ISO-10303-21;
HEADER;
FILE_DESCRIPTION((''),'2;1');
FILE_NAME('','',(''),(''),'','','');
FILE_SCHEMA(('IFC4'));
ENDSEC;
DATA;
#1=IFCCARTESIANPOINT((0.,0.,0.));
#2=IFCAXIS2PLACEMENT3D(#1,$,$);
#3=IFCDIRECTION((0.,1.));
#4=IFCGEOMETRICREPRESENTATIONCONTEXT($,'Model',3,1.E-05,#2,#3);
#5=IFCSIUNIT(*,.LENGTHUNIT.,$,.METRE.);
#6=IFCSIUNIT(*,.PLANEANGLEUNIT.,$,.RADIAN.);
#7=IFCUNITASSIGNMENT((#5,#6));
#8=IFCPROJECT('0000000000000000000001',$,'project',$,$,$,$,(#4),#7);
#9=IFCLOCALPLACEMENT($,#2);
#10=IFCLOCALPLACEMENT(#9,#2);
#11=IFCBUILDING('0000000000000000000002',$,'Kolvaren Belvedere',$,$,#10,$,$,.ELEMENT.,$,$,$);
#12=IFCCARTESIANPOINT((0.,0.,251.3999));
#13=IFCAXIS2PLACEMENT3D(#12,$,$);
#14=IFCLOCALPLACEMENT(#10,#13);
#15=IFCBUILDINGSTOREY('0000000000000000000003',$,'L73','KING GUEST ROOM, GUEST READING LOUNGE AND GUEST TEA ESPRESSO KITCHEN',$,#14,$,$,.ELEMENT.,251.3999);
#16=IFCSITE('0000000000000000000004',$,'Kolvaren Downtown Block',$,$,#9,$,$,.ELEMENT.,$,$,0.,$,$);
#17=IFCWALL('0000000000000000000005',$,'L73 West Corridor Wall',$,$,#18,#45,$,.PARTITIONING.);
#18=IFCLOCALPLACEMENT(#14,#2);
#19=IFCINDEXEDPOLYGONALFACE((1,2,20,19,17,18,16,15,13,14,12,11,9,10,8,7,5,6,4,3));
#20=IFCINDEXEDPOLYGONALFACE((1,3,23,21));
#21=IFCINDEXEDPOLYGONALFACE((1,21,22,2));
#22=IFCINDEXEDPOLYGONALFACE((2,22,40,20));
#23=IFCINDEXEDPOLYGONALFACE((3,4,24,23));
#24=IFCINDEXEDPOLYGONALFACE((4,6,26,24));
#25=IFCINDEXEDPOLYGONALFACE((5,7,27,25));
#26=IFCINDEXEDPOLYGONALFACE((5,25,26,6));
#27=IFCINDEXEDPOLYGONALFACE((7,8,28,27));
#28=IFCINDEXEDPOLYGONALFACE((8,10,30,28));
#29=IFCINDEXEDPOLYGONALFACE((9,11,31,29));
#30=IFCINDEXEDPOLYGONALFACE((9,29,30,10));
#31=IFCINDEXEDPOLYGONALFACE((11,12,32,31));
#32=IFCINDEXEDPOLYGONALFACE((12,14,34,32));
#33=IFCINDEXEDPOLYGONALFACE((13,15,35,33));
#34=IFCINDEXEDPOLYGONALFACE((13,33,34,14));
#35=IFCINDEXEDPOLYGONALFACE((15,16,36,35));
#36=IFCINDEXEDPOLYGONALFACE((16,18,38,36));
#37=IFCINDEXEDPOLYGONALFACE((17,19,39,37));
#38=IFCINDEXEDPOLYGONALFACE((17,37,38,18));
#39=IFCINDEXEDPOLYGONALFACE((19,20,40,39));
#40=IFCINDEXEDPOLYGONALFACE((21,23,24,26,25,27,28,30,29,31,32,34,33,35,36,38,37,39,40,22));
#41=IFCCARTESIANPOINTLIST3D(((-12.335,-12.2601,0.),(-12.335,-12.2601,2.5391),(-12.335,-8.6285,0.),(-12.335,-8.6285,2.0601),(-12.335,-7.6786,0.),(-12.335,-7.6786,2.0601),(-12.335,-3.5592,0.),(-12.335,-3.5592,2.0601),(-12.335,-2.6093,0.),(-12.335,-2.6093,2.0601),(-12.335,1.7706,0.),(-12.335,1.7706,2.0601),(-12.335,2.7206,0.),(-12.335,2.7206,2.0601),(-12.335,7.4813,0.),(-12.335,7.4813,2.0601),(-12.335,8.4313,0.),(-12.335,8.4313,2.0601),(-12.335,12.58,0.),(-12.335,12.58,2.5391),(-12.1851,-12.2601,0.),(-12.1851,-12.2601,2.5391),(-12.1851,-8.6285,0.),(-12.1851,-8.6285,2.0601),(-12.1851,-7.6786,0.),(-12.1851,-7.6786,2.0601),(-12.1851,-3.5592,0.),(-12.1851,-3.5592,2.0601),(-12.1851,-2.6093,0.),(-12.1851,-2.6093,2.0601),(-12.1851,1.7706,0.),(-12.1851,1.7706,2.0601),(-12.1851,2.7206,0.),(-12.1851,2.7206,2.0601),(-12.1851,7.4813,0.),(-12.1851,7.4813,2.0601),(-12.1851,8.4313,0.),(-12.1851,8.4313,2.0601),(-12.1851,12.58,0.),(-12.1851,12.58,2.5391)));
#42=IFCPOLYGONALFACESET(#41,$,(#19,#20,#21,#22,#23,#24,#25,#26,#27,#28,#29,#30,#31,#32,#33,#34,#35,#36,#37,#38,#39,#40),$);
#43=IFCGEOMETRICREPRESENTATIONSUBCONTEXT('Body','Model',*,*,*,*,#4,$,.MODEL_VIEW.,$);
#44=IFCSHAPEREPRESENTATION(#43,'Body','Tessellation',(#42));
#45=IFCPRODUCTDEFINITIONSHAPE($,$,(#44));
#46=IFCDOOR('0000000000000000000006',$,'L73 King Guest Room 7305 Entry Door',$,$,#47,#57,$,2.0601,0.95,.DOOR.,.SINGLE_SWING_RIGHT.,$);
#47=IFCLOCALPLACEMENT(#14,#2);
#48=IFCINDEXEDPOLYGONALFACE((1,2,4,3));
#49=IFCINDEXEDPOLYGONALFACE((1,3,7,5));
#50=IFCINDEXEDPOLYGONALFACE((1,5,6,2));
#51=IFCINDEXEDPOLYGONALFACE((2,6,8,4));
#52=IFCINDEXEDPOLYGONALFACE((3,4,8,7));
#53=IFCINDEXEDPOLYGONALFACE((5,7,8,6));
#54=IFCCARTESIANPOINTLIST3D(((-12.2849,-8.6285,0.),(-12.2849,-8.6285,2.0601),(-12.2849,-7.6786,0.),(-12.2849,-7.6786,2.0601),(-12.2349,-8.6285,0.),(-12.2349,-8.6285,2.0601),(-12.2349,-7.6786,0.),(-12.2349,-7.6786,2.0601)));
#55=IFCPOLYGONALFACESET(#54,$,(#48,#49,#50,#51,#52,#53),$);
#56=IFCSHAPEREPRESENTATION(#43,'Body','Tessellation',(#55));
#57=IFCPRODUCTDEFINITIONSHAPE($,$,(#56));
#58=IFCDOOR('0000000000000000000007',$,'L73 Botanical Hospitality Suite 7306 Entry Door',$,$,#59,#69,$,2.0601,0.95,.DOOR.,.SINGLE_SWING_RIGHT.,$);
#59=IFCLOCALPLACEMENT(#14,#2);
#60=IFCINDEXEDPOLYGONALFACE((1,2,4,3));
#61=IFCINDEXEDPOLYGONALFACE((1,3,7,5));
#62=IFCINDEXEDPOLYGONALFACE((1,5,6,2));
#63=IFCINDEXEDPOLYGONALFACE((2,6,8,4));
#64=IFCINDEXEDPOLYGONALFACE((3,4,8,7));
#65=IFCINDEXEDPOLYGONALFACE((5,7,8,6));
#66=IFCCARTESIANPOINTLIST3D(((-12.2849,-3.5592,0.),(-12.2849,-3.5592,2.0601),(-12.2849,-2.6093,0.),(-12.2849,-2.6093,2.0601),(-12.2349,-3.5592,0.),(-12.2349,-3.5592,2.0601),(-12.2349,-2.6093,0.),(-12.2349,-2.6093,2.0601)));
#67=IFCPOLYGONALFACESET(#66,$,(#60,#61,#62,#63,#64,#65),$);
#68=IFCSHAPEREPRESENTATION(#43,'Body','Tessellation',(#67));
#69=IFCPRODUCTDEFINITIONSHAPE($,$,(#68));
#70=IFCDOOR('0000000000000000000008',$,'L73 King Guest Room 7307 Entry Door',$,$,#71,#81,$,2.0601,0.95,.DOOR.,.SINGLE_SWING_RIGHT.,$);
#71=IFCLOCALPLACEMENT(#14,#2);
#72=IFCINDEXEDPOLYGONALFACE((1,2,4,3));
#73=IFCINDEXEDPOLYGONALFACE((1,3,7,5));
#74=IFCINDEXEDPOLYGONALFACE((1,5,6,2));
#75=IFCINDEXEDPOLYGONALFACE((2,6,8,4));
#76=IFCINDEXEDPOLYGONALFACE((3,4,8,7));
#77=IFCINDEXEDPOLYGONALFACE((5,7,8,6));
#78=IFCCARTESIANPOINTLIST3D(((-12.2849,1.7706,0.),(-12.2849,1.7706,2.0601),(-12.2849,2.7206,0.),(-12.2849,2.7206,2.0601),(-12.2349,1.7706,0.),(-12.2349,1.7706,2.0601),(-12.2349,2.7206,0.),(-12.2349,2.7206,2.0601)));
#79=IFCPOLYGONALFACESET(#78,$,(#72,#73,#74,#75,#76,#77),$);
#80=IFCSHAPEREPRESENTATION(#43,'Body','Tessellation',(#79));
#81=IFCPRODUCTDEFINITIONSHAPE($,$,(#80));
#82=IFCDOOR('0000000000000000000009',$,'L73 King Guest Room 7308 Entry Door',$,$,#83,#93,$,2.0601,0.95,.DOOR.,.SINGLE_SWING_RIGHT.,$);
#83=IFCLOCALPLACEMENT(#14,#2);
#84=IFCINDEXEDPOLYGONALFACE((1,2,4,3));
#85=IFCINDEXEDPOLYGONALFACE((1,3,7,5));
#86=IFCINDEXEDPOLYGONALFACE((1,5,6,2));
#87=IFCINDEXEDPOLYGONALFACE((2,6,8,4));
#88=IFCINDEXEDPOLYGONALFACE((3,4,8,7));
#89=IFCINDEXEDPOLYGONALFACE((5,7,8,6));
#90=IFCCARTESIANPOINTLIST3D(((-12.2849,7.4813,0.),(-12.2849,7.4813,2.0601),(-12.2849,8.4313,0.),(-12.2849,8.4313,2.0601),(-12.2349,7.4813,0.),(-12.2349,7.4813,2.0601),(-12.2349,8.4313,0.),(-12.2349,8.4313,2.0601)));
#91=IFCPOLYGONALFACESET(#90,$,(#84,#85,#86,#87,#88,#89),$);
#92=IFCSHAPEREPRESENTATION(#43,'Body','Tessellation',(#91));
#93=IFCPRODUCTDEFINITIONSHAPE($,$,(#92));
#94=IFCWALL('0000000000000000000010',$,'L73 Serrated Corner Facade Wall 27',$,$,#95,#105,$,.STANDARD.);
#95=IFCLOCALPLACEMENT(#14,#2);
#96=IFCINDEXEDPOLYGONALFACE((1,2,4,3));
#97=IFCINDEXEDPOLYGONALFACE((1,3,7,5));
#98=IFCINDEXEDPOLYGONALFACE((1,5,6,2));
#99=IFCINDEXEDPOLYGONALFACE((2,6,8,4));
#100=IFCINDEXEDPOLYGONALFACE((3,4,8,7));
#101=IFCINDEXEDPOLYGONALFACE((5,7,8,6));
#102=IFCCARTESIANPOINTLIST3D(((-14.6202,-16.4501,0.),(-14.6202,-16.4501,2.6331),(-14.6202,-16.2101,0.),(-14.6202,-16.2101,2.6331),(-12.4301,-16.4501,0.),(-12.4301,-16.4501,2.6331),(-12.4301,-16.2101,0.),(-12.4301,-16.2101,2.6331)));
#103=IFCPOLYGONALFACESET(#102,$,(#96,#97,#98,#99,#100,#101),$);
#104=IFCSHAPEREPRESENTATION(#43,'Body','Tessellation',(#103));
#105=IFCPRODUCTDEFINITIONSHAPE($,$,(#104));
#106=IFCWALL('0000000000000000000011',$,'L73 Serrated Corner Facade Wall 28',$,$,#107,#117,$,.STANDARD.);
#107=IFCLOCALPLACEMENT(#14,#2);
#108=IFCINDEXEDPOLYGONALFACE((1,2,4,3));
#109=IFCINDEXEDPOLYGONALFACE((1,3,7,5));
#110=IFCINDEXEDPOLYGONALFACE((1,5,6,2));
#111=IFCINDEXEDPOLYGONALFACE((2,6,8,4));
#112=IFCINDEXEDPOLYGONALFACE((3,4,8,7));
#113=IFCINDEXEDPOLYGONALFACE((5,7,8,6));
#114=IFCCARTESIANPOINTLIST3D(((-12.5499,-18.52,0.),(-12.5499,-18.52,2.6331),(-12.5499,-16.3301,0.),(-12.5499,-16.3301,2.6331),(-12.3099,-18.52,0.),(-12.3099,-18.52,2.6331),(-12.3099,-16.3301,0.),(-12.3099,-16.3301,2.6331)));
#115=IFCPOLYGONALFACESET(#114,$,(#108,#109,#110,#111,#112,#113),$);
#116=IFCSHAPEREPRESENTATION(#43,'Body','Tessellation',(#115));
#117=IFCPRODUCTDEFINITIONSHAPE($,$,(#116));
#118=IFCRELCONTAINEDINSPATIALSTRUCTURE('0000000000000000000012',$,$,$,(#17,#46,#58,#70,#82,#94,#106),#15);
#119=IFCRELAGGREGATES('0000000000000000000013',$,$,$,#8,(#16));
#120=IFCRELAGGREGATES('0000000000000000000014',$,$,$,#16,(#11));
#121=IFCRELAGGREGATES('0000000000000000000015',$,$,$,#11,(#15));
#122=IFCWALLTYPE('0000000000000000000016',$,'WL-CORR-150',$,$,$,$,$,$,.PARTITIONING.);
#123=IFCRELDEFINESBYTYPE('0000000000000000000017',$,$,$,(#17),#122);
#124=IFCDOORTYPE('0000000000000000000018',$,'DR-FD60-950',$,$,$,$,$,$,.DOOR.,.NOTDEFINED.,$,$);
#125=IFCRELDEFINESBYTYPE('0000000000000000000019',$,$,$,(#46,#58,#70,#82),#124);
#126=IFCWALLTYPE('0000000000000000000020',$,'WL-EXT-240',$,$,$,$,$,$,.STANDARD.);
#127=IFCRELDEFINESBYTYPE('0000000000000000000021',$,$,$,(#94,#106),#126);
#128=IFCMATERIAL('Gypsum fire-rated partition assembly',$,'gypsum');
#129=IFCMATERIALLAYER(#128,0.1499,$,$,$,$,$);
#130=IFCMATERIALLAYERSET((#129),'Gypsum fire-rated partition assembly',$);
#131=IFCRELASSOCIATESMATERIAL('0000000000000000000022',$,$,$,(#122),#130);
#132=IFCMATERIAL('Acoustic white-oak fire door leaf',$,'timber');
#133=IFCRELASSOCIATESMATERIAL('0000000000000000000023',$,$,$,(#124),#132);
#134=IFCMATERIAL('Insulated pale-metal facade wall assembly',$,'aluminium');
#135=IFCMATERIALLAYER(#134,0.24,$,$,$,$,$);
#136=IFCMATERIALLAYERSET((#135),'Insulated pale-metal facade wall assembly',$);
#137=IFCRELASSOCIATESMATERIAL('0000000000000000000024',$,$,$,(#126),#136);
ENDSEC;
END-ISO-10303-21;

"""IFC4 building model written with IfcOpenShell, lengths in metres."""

from ifc_helpers import new_model, si_unit, direction, frame, frame_2d, origin, place, context, subcontext, project, spatial, rectangle, extrude, material, layer, layer_set, type_object, element, fill, save


model = new_model("IFC4")

# Units and contexts
model_context = context("Model", 3, precision=1e-05, world=origin(), true_north=direction((0.0, 1.0)))
body_context = subcontext(model_context, "Body", "Model", "MODEL_VIEW")
ifc_project = project(units=[si_unit("LENGTHUNIT", "METRE"), si_unit("PLANEANGLEUNIT", "RADIAN")], contexts=[model_context])

# Site, building, storey
site_placement = place(None, origin())
site = spatial("IfcSite", under=ifc_project, at=site_placement, Name="Kolvaren Downtown Block", CompositionType="ELEMENT", RefElevation=0.0)
building_placement = place(site_placement, origin())
building = spatial("IfcBuilding", under=site, at=building_placement, Name="Kolvaren Belvedere", CompositionType="ELEMENT")
storey_placement = place(building_placement, frame((0.0, 0.0, 251.3999)))
storey = spatial("IfcBuildingStorey", under=building, at=storey_placement, Name="L73", Description="KING GUEST ROOM, GUEST READING LOUNGE AND GUEST TEA ESPRESSO KITCHEN", CompositionType="ELEMENT", Elevation=251.3999)

# Wall, openings, doors
ifc_material_1 = material(Name="Gypsum fire-rated partition assembly", Category="gypsum")
ifc_layer_1 = layer(ifc_material_1, 0.1499)
ifc_layer_set_1 = layer_set([ifc_layer_1], Name="Gypsum fire-rated partition assembly")
wall_type_1 = type_object("IfcWallType", Name="WL-CORR-150", PredefinedType="PARTITIONING", material=ifc_layer_set_1)
wall_1_placement = place(storey_placement, frame((-12.26, -12.26, 0.0), z_axis=(0.0, 0.0, 1.0), x_axis=(0.0, 1.0, 0.0)))
wall_1 = element("IfcWall", 1, at=wall_1_placement, inside=storey, type_object=wall_type_1, Name="L73 West Corridor Wall", PredefinedType="PARTITIONING", context=body_context, shape_type="SweptSolid", body=[
    extrude(rectangle(XDim=24.8401, YDim=0.1499, at=frame_2d((12.4199, 0.0))), origin(), (0.0, 0.0, 1.0), 2.5391),
])
opening_1_placement = place(wall_1_placement, frame((3.6313, 0.0, 0.0)))
opening_1 = element("IfcOpeningElement", 2, at=opening_1_placement, cuts=wall_1, PredefinedType="OPENING", context=body_context, shape_type="SweptSolid", body=[
    extrude(rectangle(XDim=0.95, YDim=2.0601, at=frame_2d((0.4751, 1.03))), frame((0.0, 0.085, 0.0), z_axis=(0.0, -1.0, 0.0), x_axis=(1.0, 0.0, 0.0)), (0.0, 0.0, 1.0), 0.1699),
])
opening_2_placement = place(wall_1_placement, frame((8.7007, 0.0, 0.0)))
opening_2 = element("IfcOpeningElement", 3, at=opening_2_placement, cuts=wall_1, PredefinedType="OPENING", context=body_context, shape_type="SweptSolid", body=[
    extrude(rectangle(XDim=0.95, YDim=2.0601, at=frame_2d((0.4751, 1.03))), frame((0.0, 0.085, 0.0), z_axis=(0.0, -1.0, 0.0), x_axis=(1.0, 0.0, 0.0)), (0.0, 0.0, 1.0), 0.1699),
])
opening_3_placement = place(wall_1_placement, frame((14.0305, 0.0, 0.0)))
opening_3 = element("IfcOpeningElement", 4, at=opening_3_placement, cuts=wall_1, PredefinedType="OPENING", context=body_context, shape_type="SweptSolid", body=[
    extrude(rectangle(XDim=0.95, YDim=2.0601, at=frame_2d((0.4751, 1.03))), frame((0.0, 0.085, 0.0), z_axis=(0.0, -1.0, 0.0), x_axis=(1.0, 0.0, 0.0)), (0.0, 0.0, 1.0), 0.1699),
])
opening_4_placement = place(wall_1_placement, frame((19.7412, 0.0, 0.0)))
opening_4 = element("IfcOpeningElement", 5, at=opening_4_placement, cuts=wall_1, PredefinedType="OPENING", context=body_context, shape_type="SweptSolid", body=[
    extrude(rectangle(XDim=0.95, YDim=2.0601, at=frame_2d((0.4751, 1.03))), frame((0.0, 0.085, 0.0), z_axis=(0.0, -1.0, 0.0), x_axis=(1.0, 0.0, 0.0)), (0.0, 0.0, 1.0), 0.1699),
])
ifc_material_2 = material(Name="Acoustic white-oak fire door leaf", Category="timber")
door_type_1 = type_object("IfcDoorType", Name="DR-FD60-950", OperationType="NOTDEFINED", PredefinedType="DOOR", material=ifc_material_2)
door_1_placement = place(opening_1_placement, origin())
door_1 = element("IfcDoor", 6, at=door_1_placement, inside=storey, type_object=door_type_1, Name="L73 King Guest Room 7305 Entry Door", OperationType="SINGLE_SWING_RIGHT", OverallHeight=2.0601, OverallWidth=0.95, PredefinedType="DOOR", context=body_context, shape_type="SweptSolid", body=[
    extrude(rectangle(XDim=0.95, YDim=2.0601, at=frame_2d((0.4751, 1.03))), frame((0.0, 0.0249, 0.0), z_axis=(0.0, -1.0, 0.0), x_axis=(1.0, 0.0, 0.0)), (0.0, 0.0, 1.0), 0.05),
])
fill(opening_1, door_1)
door_2_placement = place(opening_2_placement, origin())
door_2 = element("IfcDoor", 7, at=door_2_placement, inside=storey, type_object=door_type_1, Name="L73 Botanical Hospitality Suite 7306 Entry Door", OperationType="SINGLE_SWING_RIGHT", OverallHeight=2.0601, OverallWidth=0.95, PredefinedType="DOOR", context=body_context, shape_type="SweptSolid", body=[
    extrude(rectangle(XDim=0.95, YDim=2.0601, at=frame_2d((0.4751, 1.03))), frame((0.0, 0.0249, 0.0), z_axis=(0.0, -1.0, 0.0), x_axis=(1.0, 0.0, 0.0)), (0.0, 0.0, 1.0), 0.05),
])
fill(opening_2, door_2)
door_3_placement = place(opening_3_placement, origin())
door_3 = element("IfcDoor", 8, at=door_3_placement, inside=storey, type_object=door_type_1, Name="L73 King Guest Room 7307 Entry Door", OperationType="SINGLE_SWING_RIGHT", OverallHeight=2.0601, OverallWidth=0.95, PredefinedType="DOOR", context=body_context, shape_type="SweptSolid", body=[
    extrude(rectangle(XDim=0.95, YDim=2.0601, at=frame_2d((0.4751, 1.03))), frame((0.0, 0.0249, 0.0), z_axis=(0.0, -1.0, 0.0), x_axis=(1.0, 0.0, 0.0)), (0.0, 0.0, 1.0), 0.05),
])
fill(opening_3, door_3)
door_4_placement = place(opening_4_placement, origin())
door_4 = element("IfcDoor", 9, at=door_4_placement, inside=storey, type_object=door_type_1, Name="L73 King Guest Room 7308 Entry Door", OperationType="SINGLE_SWING_RIGHT", OverallHeight=2.0601, OverallWidth=0.95, PredefinedType="DOOR", context=body_context, shape_type="SweptSolid", body=[
    extrude(rectangle(XDim=0.95, YDim=2.0601, at=frame_2d((0.4751, 1.03))), frame((0.0, 0.0249, 0.0), z_axis=(0.0, -1.0, 0.0), x_axis=(1.0, 0.0, 0.0)), (0.0, 0.0, 1.0), 0.05),
])
fill(opening_4, door_4)

# Walls
ifc_material_3 = material(Name="Insulated pale-metal facade wall assembly", Category="aluminium")
ifc_layer_2 = layer(ifc_material_3, 0.24)
ifc_layer_set_2 = layer_set([ifc_layer_2], Name="Insulated pale-metal facade wall assembly")
wall_type_2 = type_object("IfcWallType", Name="WL-EXT-240", PredefinedType="STANDARD", material=ifc_layer_set_2)
wall_2_placement = place(storey_placement, frame((-12.4299, -16.3301, 0.0), z_axis=(0.0, 0.0, 1.0), x_axis=(-1.0, 0.0, 0.0)))
element("IfcWall", 10, at=wall_2_placement, inside=storey, type_object=wall_type_2, Name="L73 Serrated Corner Facade Wall 27", PredefinedType="STANDARD", context=body_context, shape_type="SweptSolid", body=[
    extrude(rectangle(XDim=2.1902, YDim=0.24, at=frame_2d((1.0952, 0.0))), origin(), (0.0, 0.0, 1.0), 2.6331),
])
wall_3_placement = place(storey_placement, frame((-12.4299, -18.52, 0.0), z_axis=(0.0, 0.0, 1.0), x_axis=(0.0, 1.0, 0.0)))
element("IfcWall", 11, at=wall_3_placement, inside=storey, type_object=wall_type_2, Name="L73 Serrated Corner Facade Wall 28", PredefinedType="STANDARD", context=body_context, shape_type="SweptSolid", body=[
    extrude(rectangle(XDim=2.1899, YDim=0.24, at=frame_2d((1.095, 0.0))), origin(), (0.0, 0.0, 1.0), 2.6331),
])

save(model, "model.ifc")
